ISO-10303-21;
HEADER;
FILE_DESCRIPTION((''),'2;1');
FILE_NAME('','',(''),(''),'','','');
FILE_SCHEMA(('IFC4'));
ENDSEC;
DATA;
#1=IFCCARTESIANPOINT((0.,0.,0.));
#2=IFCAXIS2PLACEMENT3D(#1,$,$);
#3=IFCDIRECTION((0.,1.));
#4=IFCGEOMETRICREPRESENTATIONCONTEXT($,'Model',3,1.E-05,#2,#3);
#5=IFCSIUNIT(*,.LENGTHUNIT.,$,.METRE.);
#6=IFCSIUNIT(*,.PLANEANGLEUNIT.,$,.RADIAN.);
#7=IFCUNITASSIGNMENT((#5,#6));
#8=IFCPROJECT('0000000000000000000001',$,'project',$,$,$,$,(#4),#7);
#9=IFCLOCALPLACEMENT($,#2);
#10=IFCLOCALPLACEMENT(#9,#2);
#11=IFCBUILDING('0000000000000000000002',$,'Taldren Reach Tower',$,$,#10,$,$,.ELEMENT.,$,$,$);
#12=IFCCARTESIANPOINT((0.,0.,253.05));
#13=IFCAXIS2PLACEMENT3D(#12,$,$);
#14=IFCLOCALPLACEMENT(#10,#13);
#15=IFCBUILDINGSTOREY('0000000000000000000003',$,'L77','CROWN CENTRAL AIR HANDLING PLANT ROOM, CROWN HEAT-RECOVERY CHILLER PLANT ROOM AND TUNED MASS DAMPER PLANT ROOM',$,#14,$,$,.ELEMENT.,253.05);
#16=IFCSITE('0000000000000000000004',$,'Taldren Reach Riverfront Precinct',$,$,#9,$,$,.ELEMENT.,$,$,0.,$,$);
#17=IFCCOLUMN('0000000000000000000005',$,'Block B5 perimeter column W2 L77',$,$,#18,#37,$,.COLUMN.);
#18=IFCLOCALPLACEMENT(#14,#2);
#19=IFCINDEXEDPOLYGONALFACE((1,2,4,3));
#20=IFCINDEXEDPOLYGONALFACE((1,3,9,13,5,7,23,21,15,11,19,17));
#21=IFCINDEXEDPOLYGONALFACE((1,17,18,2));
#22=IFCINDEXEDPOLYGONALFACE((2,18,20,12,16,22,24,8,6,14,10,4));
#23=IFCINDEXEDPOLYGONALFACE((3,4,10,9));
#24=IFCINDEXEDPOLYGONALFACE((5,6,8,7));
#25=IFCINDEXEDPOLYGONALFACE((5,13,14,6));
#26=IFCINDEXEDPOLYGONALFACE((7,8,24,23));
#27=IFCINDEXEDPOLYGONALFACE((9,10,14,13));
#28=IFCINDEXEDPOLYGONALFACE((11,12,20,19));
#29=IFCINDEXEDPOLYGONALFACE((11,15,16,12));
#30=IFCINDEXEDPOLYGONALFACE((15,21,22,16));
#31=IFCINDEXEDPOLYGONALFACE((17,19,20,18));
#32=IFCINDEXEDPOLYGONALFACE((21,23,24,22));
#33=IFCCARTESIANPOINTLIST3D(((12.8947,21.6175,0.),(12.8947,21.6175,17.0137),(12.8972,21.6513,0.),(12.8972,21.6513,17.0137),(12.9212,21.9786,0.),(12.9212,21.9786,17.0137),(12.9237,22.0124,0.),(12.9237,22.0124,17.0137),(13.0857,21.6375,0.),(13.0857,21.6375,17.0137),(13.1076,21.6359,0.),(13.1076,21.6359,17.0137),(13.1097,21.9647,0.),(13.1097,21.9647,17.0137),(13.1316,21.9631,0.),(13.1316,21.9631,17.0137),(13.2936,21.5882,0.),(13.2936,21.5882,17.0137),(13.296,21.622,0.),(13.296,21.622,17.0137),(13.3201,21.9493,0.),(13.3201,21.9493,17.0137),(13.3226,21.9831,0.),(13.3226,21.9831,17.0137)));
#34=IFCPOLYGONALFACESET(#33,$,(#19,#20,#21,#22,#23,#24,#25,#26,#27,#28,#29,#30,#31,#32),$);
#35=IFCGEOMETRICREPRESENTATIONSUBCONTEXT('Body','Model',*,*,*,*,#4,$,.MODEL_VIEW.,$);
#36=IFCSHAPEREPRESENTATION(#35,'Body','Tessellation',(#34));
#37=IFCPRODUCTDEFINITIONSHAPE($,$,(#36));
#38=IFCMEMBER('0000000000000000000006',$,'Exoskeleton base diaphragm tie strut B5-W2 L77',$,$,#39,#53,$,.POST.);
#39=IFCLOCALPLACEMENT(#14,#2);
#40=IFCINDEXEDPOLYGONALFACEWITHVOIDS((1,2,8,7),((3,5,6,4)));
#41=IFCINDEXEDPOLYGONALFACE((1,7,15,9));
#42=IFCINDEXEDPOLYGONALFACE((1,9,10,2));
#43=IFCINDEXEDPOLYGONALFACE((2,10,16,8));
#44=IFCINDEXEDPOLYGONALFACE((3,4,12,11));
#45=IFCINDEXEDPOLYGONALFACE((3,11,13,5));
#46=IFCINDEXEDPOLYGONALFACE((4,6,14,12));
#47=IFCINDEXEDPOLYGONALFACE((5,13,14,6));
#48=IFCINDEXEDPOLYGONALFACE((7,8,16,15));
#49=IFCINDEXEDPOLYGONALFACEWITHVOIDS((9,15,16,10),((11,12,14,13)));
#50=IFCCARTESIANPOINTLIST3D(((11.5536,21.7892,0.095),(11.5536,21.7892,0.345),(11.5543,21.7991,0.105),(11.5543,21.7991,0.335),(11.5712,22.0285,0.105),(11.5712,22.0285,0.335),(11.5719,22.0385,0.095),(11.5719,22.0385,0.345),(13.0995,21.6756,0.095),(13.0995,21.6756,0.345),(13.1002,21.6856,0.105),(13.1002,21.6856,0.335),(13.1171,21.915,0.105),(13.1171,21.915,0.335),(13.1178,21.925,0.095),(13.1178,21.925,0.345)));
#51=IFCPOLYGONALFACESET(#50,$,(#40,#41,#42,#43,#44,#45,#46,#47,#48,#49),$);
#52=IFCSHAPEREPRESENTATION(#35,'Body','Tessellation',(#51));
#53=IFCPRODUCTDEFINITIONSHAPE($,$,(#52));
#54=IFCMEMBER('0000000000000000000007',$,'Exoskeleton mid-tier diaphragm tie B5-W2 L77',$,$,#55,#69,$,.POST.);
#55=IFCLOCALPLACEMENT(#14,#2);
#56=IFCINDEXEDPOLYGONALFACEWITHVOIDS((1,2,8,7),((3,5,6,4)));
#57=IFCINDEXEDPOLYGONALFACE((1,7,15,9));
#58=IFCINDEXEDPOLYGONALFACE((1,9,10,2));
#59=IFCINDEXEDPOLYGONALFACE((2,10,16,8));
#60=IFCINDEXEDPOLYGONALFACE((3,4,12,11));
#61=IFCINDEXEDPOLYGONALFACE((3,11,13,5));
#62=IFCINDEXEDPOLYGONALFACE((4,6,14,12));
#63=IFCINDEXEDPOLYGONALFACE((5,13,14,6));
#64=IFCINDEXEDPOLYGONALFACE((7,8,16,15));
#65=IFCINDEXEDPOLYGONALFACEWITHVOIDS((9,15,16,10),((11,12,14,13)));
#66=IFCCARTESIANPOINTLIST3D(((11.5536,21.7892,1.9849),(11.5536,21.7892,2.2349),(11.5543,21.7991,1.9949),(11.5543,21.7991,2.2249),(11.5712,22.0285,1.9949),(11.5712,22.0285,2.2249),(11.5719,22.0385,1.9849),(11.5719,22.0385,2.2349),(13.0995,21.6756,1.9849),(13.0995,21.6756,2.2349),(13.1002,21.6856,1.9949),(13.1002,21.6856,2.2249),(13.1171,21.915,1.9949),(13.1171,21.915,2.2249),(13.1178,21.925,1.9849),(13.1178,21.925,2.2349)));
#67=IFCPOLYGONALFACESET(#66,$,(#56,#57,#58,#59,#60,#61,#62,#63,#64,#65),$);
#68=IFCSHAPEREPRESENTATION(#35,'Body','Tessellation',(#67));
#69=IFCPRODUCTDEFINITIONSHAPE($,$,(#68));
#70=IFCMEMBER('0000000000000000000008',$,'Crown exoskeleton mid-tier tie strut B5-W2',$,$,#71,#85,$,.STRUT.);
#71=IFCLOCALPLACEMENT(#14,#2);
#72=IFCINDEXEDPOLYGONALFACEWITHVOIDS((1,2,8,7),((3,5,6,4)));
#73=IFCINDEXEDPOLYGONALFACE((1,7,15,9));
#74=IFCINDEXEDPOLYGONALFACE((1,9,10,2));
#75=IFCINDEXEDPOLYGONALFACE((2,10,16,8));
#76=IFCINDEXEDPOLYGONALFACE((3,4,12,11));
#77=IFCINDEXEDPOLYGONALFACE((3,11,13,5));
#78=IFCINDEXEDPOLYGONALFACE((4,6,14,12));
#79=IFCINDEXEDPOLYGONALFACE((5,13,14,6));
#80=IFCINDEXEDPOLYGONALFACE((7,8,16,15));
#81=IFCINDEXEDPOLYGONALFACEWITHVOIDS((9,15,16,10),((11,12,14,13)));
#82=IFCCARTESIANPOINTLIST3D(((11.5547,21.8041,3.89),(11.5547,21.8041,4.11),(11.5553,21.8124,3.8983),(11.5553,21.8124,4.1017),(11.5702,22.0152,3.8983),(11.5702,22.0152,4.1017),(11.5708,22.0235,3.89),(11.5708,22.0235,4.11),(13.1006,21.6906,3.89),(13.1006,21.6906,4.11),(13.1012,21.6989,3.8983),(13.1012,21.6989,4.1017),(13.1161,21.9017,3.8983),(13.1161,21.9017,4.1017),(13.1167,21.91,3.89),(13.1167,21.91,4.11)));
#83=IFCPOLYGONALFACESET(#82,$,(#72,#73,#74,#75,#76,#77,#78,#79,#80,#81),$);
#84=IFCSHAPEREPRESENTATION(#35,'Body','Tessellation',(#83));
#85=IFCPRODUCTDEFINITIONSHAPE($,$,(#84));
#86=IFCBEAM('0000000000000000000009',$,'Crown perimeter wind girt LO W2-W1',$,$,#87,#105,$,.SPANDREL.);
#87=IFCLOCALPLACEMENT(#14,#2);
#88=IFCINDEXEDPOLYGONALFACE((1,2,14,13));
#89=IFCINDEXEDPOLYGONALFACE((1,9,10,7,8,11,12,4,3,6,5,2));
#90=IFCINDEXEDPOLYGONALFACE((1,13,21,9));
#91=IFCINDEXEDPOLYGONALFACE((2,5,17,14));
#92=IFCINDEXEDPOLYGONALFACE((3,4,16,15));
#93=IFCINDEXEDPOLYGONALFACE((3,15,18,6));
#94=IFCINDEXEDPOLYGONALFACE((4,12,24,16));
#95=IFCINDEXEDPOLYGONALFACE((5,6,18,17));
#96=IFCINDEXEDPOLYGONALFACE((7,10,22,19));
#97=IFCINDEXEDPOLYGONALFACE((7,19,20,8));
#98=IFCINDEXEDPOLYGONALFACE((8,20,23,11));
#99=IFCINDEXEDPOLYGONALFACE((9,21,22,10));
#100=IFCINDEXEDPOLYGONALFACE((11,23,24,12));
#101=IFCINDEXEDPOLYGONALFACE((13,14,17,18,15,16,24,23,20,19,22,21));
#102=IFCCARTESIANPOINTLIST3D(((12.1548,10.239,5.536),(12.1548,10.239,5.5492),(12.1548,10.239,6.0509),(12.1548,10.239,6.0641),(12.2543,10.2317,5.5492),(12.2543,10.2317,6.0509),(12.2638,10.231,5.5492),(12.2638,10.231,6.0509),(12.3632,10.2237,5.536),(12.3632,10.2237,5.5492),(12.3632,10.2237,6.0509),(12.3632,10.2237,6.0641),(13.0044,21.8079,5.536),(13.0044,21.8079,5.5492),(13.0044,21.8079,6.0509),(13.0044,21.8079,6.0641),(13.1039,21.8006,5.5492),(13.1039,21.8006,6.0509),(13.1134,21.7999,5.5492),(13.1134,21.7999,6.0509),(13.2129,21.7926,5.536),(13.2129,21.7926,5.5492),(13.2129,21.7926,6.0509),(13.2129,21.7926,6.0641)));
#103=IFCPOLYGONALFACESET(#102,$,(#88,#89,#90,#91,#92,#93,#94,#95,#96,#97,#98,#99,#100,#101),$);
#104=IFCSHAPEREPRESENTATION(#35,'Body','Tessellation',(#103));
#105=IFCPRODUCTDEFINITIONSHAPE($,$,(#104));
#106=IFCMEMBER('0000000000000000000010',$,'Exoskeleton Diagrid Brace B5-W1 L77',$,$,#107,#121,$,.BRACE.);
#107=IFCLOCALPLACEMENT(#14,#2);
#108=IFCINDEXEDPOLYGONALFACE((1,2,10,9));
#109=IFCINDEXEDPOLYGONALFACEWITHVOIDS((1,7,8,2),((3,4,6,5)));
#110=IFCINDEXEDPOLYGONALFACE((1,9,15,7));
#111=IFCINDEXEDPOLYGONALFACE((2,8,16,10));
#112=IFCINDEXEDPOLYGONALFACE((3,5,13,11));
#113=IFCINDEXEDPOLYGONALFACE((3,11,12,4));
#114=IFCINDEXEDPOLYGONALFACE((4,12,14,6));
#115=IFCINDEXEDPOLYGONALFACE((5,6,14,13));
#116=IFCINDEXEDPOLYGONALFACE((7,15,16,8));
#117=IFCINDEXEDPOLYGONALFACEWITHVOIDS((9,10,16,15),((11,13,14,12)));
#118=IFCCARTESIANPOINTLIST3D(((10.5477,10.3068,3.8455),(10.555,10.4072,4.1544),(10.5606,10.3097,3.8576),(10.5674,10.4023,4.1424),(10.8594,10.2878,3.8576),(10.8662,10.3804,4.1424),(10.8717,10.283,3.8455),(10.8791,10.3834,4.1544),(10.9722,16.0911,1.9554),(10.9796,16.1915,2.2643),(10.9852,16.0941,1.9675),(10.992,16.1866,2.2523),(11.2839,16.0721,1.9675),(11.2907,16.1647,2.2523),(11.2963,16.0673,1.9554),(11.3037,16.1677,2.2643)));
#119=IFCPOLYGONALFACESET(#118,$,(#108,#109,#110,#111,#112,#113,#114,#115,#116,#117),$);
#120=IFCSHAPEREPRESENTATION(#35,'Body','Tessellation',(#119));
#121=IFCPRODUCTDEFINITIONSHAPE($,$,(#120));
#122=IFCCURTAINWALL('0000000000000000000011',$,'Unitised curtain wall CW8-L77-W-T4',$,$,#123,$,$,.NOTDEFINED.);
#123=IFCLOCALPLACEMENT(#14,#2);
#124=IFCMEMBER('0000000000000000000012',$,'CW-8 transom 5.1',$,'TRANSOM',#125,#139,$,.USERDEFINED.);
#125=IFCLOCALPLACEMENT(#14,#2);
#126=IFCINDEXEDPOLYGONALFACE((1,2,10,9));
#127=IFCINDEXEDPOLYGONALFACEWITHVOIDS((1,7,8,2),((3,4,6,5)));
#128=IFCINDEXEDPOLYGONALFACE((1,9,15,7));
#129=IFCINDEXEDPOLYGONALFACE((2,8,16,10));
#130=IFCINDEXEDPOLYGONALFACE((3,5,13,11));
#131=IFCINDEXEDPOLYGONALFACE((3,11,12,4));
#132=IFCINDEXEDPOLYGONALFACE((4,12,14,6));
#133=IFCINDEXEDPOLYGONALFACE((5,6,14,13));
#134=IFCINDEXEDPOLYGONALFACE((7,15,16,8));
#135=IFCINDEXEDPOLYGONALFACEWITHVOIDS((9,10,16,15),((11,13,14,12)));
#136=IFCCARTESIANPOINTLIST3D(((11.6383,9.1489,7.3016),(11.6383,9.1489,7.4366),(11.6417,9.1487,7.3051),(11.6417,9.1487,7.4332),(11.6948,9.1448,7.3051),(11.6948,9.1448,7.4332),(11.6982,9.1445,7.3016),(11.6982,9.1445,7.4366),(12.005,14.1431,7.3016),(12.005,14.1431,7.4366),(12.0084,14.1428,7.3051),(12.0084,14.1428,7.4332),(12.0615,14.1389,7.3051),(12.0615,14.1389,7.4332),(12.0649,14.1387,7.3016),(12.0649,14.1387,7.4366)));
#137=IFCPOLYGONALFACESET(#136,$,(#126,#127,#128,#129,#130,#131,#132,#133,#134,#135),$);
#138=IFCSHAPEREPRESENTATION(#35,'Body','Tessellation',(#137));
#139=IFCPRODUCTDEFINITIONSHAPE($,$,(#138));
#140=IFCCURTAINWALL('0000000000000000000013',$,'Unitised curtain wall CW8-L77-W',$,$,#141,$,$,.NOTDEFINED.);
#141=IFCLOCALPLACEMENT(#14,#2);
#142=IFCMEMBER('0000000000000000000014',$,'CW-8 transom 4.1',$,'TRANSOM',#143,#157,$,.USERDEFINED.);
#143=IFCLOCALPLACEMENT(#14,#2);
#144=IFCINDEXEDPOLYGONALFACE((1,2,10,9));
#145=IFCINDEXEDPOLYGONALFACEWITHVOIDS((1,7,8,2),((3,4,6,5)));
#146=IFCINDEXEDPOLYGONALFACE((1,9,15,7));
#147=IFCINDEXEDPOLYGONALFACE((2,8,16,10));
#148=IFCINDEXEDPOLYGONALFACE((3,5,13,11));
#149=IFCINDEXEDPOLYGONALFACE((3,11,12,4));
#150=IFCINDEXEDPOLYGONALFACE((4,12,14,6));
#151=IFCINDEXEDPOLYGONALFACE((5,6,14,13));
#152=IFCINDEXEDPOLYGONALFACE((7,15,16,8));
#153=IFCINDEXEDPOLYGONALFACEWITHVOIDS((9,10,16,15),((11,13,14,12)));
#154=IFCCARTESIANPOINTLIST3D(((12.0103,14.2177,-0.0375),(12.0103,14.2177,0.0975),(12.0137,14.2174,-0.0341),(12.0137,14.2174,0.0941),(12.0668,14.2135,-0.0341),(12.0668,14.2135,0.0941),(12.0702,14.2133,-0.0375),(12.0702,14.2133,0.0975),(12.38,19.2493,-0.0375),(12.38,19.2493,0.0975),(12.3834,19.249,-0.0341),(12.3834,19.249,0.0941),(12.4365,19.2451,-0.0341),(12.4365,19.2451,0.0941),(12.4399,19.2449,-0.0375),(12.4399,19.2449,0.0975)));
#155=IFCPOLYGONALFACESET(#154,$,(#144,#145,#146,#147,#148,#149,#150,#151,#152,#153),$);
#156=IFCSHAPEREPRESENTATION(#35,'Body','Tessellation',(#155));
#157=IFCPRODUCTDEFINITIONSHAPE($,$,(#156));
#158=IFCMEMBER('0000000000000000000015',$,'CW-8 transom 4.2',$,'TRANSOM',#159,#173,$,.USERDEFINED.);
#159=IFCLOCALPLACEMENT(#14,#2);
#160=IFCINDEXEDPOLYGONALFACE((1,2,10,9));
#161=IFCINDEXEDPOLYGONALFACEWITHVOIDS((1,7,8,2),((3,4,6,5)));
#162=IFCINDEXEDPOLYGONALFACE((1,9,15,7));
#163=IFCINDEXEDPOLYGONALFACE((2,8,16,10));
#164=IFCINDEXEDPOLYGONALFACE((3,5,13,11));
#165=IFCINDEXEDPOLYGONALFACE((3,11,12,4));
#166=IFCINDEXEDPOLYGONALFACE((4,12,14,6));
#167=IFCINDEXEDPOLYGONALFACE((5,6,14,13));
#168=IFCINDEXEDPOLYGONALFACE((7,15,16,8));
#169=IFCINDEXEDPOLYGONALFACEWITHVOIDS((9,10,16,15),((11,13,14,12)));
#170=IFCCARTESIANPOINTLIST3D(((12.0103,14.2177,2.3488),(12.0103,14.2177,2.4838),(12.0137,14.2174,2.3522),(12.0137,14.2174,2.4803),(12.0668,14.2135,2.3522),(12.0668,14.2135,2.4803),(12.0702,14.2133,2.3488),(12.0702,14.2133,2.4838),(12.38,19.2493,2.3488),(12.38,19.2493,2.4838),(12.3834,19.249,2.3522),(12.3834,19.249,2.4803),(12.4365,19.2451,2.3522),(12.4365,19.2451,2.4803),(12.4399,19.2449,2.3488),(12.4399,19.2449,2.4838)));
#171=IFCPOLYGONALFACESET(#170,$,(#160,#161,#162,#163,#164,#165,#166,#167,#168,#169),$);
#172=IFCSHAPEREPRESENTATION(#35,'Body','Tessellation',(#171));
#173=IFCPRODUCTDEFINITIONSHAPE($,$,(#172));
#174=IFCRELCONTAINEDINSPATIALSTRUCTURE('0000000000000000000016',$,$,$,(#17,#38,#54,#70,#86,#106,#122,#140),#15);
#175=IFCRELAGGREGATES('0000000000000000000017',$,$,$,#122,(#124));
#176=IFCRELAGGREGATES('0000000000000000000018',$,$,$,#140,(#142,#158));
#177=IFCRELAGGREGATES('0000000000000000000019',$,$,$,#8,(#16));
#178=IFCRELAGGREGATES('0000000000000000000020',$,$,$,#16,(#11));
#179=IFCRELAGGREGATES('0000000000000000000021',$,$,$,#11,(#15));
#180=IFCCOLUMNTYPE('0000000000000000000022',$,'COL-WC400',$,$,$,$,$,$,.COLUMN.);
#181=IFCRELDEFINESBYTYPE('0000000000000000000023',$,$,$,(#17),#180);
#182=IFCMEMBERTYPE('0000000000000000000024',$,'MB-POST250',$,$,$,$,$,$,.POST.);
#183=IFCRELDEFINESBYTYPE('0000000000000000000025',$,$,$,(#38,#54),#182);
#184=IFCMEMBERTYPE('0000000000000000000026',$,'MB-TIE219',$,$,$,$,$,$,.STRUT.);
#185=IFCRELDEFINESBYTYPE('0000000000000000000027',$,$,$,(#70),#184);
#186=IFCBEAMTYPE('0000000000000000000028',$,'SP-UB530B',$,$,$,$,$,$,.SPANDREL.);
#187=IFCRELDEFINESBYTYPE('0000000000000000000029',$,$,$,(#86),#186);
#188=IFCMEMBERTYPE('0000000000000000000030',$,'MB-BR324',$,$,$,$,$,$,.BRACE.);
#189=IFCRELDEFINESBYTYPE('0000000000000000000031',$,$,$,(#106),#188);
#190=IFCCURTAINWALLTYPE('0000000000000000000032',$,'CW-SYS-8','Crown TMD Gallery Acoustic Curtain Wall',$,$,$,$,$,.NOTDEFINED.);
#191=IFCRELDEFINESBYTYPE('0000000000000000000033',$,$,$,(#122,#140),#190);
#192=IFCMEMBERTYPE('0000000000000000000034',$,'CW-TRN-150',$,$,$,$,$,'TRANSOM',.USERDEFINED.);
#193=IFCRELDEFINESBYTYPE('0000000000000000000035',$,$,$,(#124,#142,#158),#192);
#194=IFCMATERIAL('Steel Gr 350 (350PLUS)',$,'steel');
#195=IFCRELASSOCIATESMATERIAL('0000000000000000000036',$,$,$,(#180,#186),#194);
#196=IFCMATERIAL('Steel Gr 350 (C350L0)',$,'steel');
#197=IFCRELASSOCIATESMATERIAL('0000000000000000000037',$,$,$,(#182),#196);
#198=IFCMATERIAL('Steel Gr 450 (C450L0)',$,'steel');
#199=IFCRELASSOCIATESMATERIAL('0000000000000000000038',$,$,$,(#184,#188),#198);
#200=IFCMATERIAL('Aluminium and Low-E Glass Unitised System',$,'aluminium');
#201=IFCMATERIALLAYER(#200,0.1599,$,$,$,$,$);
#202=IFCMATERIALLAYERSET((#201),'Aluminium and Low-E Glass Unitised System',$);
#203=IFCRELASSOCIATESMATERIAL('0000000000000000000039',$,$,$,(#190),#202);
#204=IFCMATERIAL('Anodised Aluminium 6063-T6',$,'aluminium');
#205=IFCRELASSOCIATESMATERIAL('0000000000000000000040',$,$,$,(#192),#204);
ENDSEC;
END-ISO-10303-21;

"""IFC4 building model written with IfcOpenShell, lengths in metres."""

from ifc_helpers import new_model, si_unit, direction, frame, origin, origin_2d, place, context, subcontext, project, spatial, hollow_rectangle, i_section, extrude, source, transform, mapped, material, layer, layer_set, material_profile, profile_set, type_object, element, aggregate, save


model = new_model("IFC4")

# Units and contexts
model_context = context("Model", 3, precision=1e-05, world=origin(), true_north=direction((0.0, 1.0)))
body_context = subcontext(model_context, "Body", "Model", "MODEL_VIEW")
ifc_project = project(units=[si_unit("LENGTHUNIT", "METRE"), si_unit("PLANEANGLEUNIT", "RADIAN")], contexts=[model_context])

# Site, building, storey
site_placement = place(None, origin())
site = spatial("IfcSite", under=ifc_project, at=site_placement, Name="Taldren Reach Riverfront Precinct", CompositionType="ELEMENT", RefElevation=0.0)
building_placement = place(site_placement, origin())
building = spatial("IfcBuilding", under=site, at=building_placement, Name="Taldren Reach Tower", CompositionType="ELEMENT")
storey_placement = place(building_placement, frame((0.0, 0.0, 253.05)))
storey = spatial("IfcBuildingStorey", under=building, at=storey_placement, Name="L77", Description="CROWN CENTRAL AIR HANDLING PLANT ROOM, CROWN HEAT-RECOVERY CHILLER PLANT ROOM AND TUNED MASS DAMPER PLANT ROOM", CompositionType="ELEMENT", Elevation=253.05)

# Column
ifc_material_1 = material(Name="Steel Gr 350 (350PLUS)", Category="steel")
ifc_material_profile_1 = material_profile(ifc_material_1, i_section(OverallWidth=0.3999, OverallDepth=0.396, WebThickness=0.022, FlangeThickness=0.0339, at=origin_2d()), Name="400WC270")
ifc_profile_set_1 = profile_set([ifc_material_profile_1], Name="Steel Gr 350 (350PLUS)")
column_type = type_object("IfcColumnType", Name="COL-WC400", PredefinedType="COLUMN", material=ifc_profile_set_1)
shared_shape_1 = source(origin(), body_context, "Body", "SweptSolid", [
    extrude(i_section(OverallWidth=0.3999, OverallDepth=0.396, WebThickness=0.022, FlangeThickness=0.0339, at=origin_2d()), origin(), (0.0, 0.0, 1.0), 17.0137),
])
column_placement = place(storey_placement, frame((13.1086, 21.8003, 0.0), z_axis=(0.0, 0.0, 1.0), x_axis=(0.997314, -0.073238, 0.0)))
element("IfcColumn", 1, at=column_placement, inside=storey, type_object=column_type, Name="Block B5 perimeter column W2 L77", PredefinedType="COLUMN", context=body_context, shape_type="MappedRepresentation", body=[
    mapped(shared_shape_1, transform((0.0, 0.0, 0.0), scale=1.0)),
])

# Members
ifc_material_2 = material(Name="Steel Gr 350 (C350L0)", Category="steel")
ifc_material_profile_2 = material_profile(ifc_material_2, hollow_rectangle(XDim=0.25, YDim=0.25, WallThickness=0.01, at=origin_2d()), Name="250x250x10.0SHS")
ifc_profile_set_2 = profile_set([ifc_material_profile_2], Name="Steel Gr 350 (C350L0)")
member_type_1 = type_object("IfcMemberType", Name="MB-POST250", PredefinedType="POST", material=ifc_profile_set_2)
shared_shape_2 = source(origin(), body_context, "Body", "SweptSolid", [
    extrude(hollow_rectangle(XDim=0.25, YDim=0.25, WallThickness=0.01, at=origin_2d()), origin(), (0.0, 0.0, 1.0), 1.55),
])
for number, where, z_axis, x_axis, name in (
    (2, (13.1086, 21.8003, 0.22), (-0.997314, 0.073239, 0.0), (-0.073239, -0.997314, 0.0), "Exoskeleton base diaphragm tie strut B5-W2 L77"),
    (3, (13.1086, 21.8003, 2.1099), (-0.997314, 0.073239, 0.0), (-0.073239, -0.997314, 0.0), "Exoskeleton mid-tier diaphragm tie B5-W2 L77"),
):
    element("IfcMember", number, at=place(storey_placement, frame(where, z_axis=z_axis, x_axis=x_axis)), inside=storey, type_object=member_type_1, Name=name, PredefinedType="POST", context=body_context, shape_type="MappedRepresentation", body=[
        mapped(shared_shape_2, transform((0.0, 0.0, 0.0), scale=1.0)),
    ])
ifc_material_3 = material(Name="Steel Gr 450 (C450L0)", Category="steel")
ifc_material_profile_3 = material_profile(ifc_material_3, hollow_rectangle(XDim=0.22, YDim=0.22, WallThickness=0.0083, at=origin_2d()), Name="220x220x8.2SHS")
ifc_profile_set_3 = profile_set([ifc_material_profile_3], Name="Steel Gr 450 (C450L0)")
member_type_2 = type_object("IfcMemberType", Name="MB-TIE219", PredefinedType="STRUT", material=ifc_profile_set_3)
shared_shape_3 = source(origin(), body_context, "Body", "SweptSolid", [
    extrude(hollow_rectangle(XDim=0.22, YDim=0.22, WallThickness=0.0083, at=origin_2d()), origin(), (0.0, 0.0, 1.0), 1.55),
])
member_1_placement = place(storey_placement, frame((13.1086, 21.8003, 4.0), z_axis=(-0.997314, 0.073239, 0.0), x_axis=(-0.073239, -0.997314, 0.0)))
element("IfcMember", 4, at=member_1_placement, inside=storey, type_object=member_type_2, Name="Crown exoskeleton mid-tier tie strut B5-W2", PredefinedType="STRUT", context=body_context, shape_type="MappedRepresentation", body=[
    mapped(shared_shape_3, transform((0.0, 0.0, 0.0), scale=1.0)),
])

# Beam
ifc_material_profile_4 = material_profile(ifc_material_1, i_section(OverallWidth=0.209, OverallDepth=0.5281, WebThickness=0.0095, FlangeThickness=0.0132, at=origin_2d()), Name="530UB82.0")
ifc_profile_set_4 = profile_set([ifc_material_profile_4], Name="Steel Gr 350 (350PLUS)")
beam_type = type_object("IfcBeamType", Name="SP-UB530B", PredefinedType="SPANDREL", material=ifc_profile_set_4)
shared_shape_4 = source(origin(), body_context, "Body", "SweptSolid", [
    extrude(i_section(OverallWidth=0.209, OverallDepth=0.5281, WebThickness=0.0095, FlangeThickness=0.0132, at=origin_2d()), origin(), (0.0, 0.0, 1.0), 11.6001),
])
beam_placement = place(storey_placement, frame((13.1086, 21.8003, 5.8), z_axis=(-0.073242, -0.997314, 0.0), x_axis=(0.997314, -0.073242, 0.0)))
element("IfcBeam", 5, at=beam_placement, inside=storey, type_object=beam_type, Name="Crown perimeter wind girt LO W2-W1", PredefinedType="SPANDREL", context=body_context, shape_type="MappedRepresentation", body=[
    mapped(shared_shape_4, transform((0.0, 0.0, 0.0), scale=1.0)),
])

# Member
ifc_material_profile_5 = material_profile(ifc_material_3, hollow_rectangle(XDim=0.325, YDim=0.325, WallThickness=0.0127, at=origin_2d()), Name="325x325x12.7SHS")
ifc_profile_set_5 = profile_set([ifc_material_profile_5], Name="Steel Gr 450 (C450L0)")
member_type_3 = type_object("IfcMemberType", Name="MB-BR324", PredefinedType="BRACE", material=ifc_profile_set_5)
shared_shape_5 = source(origin(), body_context, "Body", "SweptSolid", [
    extrude(hollow_rectangle(XDim=0.325, YDim=0.325, WallThickness=0.0127, at=origin_2d()), origin(), (0.0, 0.0, 1.0), 6.1001),
])
member_2_placement = place(storey_placement, frame((11.1379, 16.1294, 2.1099), z_axis=(-0.069598, -0.948235, 0.309848), x_axis=(0.997317, -0.0732, 0.0)))
element("IfcMember", 6, at=member_2_placement, inside=storey, type_object=member_type_3, Name="Exoskeleton Diagrid Brace B5-W1 L77", PredefinedType="BRACE", context=body_context, shape_type="MappedRepresentation", body=[
    mapped(shared_shape_5, transform((0.0, 0.0, 0.0), scale=1.0)),
])

# Curtain wall, member
ifc_material_4 = material(Name="Aluminium and Low-E Glass Unitised System", Category="aluminium")
ifc_layer_1 = layer(ifc_material_4, 0.1599)
ifc_layer_set_1 = layer_set([ifc_layer_1], Name="Aluminium and Low-E Glass Unitised System")
curtain_wall_type = type_object("IfcCurtainWallType", Name="CW-SYS-8", Description="Crown TMD Gallery Acoustic Curtain Wall", PredefinedType="NOTDEFINED", material=ifc_layer_set_1)
curtain_wall_1_placement = place(storey_placement, origin())
curtain_wall_1 = element("IfcCurtainWall", 7, at=curtain_wall_1_placement, inside=storey, type_object=curtain_wall_type, Name="Unitised curtain wall CW8-L77-W-T4", PredefinedType="NOTDEFINED")
ifc_material_5 = material(Name="Anodised Aluminium 6063-T6", Category="aluminium")
ifc_material_profile_6 = material_profile(ifc_material_5, hollow_rectangle(XDim=0.0601, YDim=0.135, WallThickness=0.0034, at=origin_2d()), Name="ALU-135x60x3.5RHS")
ifc_profile_set_6 = profile_set([ifc_material_profile_6], Name="Anodised Aluminium 6063-T6")
member_type_4 = type_object("IfcMemberType", Name="CW-TRN-150", ElementType="TRANSOM", PredefinedType="USERDEFINED", material=ifc_profile_set_6)
shared_shape_6 = source(origin(), body_context, "Body", "SweptSolid", [
    extrude(hollow_rectangle(XDim=0.0601, YDim=0.135, WallThickness=0.0034, at=origin_2d()), origin(), (0.0, 0.0, 1.0), 5.0076),
])
member_3_placement = place(storey_placement, frame((12.0349, 14.1409, 7.3691), z_axis=(-0.073229, -0.997315, 0.0), x_axis=(0.997315, -0.073229, 0.0)))
member_3 = element("IfcMember", 8, at=member_3_placement, type_object=member_type_4, Name="CW-8 transom 5.1", ObjectType="TRANSOM", PredefinedType="USERDEFINED", context=body_context, shape_type="MappedRepresentation", body=[
    mapped(shared_shape_6, transform((0.0, 0.0, 0.0), scale=1.0)),
])

# Curtain wall, members
curtain_wall_2_placement = place(storey_placement, origin())
curtain_wall_2 = element("IfcCurtainWall", 9, at=curtain_wall_2_placement, inside=storey, type_object=curtain_wall_type, Name="Unitised curtain wall CW8-L77-W", PredefinedType="NOTDEFINED")
shared_shape_7 = source(origin(), body_context, "Body", "SweptSolid", [
    extrude(hollow_rectangle(XDim=0.0601, YDim=0.135, WallThickness=0.0034, at=origin_2d()), origin(), (0.0, 0.0, 1.0), 5.0452),
])
member_4_placement = place(storey_placement, frame((12.4099, 19.2471, 0.03), z_axis=(-0.073266, -0.997312, 0.0), x_axis=(0.997312, -0.073266, 0.0)))
member_4 = element("IfcMember", 10, at=member_4_placement, type_object=member_type_4, Name="CW-8 transom 4.1", ObjectType="TRANSOM", PredefinedType="USERDEFINED", context=body_context, shape_type="MappedRepresentation", body=[
    mapped(shared_shape_7, transform((0.0, 0.0, 0.0), scale=1.0)),
])
member_5_placement = place(storey_placement, frame((12.4099, 19.2471, 2.4163), z_axis=(-0.073266, -0.997312, 0.0), x_axis=(0.997312, -0.073266, 0.0)))
member_5 = element("IfcMember", 11, at=member_5_placement, type_object=member_type_4, Name="CW-8 transom 4.2", ObjectType="TRANSOM", PredefinedType="USERDEFINED", context=body_context, shape_type="MappedRepresentation", body=[
    mapped(shared_shape_7, transform((0.0, 0.0, 0.0), scale=1.0)),
])

aggregate(curtain_wall_1, [member_3])

aggregate(curtain_wall_2, [member_4, member_5])

save(model, "model.ifc")
